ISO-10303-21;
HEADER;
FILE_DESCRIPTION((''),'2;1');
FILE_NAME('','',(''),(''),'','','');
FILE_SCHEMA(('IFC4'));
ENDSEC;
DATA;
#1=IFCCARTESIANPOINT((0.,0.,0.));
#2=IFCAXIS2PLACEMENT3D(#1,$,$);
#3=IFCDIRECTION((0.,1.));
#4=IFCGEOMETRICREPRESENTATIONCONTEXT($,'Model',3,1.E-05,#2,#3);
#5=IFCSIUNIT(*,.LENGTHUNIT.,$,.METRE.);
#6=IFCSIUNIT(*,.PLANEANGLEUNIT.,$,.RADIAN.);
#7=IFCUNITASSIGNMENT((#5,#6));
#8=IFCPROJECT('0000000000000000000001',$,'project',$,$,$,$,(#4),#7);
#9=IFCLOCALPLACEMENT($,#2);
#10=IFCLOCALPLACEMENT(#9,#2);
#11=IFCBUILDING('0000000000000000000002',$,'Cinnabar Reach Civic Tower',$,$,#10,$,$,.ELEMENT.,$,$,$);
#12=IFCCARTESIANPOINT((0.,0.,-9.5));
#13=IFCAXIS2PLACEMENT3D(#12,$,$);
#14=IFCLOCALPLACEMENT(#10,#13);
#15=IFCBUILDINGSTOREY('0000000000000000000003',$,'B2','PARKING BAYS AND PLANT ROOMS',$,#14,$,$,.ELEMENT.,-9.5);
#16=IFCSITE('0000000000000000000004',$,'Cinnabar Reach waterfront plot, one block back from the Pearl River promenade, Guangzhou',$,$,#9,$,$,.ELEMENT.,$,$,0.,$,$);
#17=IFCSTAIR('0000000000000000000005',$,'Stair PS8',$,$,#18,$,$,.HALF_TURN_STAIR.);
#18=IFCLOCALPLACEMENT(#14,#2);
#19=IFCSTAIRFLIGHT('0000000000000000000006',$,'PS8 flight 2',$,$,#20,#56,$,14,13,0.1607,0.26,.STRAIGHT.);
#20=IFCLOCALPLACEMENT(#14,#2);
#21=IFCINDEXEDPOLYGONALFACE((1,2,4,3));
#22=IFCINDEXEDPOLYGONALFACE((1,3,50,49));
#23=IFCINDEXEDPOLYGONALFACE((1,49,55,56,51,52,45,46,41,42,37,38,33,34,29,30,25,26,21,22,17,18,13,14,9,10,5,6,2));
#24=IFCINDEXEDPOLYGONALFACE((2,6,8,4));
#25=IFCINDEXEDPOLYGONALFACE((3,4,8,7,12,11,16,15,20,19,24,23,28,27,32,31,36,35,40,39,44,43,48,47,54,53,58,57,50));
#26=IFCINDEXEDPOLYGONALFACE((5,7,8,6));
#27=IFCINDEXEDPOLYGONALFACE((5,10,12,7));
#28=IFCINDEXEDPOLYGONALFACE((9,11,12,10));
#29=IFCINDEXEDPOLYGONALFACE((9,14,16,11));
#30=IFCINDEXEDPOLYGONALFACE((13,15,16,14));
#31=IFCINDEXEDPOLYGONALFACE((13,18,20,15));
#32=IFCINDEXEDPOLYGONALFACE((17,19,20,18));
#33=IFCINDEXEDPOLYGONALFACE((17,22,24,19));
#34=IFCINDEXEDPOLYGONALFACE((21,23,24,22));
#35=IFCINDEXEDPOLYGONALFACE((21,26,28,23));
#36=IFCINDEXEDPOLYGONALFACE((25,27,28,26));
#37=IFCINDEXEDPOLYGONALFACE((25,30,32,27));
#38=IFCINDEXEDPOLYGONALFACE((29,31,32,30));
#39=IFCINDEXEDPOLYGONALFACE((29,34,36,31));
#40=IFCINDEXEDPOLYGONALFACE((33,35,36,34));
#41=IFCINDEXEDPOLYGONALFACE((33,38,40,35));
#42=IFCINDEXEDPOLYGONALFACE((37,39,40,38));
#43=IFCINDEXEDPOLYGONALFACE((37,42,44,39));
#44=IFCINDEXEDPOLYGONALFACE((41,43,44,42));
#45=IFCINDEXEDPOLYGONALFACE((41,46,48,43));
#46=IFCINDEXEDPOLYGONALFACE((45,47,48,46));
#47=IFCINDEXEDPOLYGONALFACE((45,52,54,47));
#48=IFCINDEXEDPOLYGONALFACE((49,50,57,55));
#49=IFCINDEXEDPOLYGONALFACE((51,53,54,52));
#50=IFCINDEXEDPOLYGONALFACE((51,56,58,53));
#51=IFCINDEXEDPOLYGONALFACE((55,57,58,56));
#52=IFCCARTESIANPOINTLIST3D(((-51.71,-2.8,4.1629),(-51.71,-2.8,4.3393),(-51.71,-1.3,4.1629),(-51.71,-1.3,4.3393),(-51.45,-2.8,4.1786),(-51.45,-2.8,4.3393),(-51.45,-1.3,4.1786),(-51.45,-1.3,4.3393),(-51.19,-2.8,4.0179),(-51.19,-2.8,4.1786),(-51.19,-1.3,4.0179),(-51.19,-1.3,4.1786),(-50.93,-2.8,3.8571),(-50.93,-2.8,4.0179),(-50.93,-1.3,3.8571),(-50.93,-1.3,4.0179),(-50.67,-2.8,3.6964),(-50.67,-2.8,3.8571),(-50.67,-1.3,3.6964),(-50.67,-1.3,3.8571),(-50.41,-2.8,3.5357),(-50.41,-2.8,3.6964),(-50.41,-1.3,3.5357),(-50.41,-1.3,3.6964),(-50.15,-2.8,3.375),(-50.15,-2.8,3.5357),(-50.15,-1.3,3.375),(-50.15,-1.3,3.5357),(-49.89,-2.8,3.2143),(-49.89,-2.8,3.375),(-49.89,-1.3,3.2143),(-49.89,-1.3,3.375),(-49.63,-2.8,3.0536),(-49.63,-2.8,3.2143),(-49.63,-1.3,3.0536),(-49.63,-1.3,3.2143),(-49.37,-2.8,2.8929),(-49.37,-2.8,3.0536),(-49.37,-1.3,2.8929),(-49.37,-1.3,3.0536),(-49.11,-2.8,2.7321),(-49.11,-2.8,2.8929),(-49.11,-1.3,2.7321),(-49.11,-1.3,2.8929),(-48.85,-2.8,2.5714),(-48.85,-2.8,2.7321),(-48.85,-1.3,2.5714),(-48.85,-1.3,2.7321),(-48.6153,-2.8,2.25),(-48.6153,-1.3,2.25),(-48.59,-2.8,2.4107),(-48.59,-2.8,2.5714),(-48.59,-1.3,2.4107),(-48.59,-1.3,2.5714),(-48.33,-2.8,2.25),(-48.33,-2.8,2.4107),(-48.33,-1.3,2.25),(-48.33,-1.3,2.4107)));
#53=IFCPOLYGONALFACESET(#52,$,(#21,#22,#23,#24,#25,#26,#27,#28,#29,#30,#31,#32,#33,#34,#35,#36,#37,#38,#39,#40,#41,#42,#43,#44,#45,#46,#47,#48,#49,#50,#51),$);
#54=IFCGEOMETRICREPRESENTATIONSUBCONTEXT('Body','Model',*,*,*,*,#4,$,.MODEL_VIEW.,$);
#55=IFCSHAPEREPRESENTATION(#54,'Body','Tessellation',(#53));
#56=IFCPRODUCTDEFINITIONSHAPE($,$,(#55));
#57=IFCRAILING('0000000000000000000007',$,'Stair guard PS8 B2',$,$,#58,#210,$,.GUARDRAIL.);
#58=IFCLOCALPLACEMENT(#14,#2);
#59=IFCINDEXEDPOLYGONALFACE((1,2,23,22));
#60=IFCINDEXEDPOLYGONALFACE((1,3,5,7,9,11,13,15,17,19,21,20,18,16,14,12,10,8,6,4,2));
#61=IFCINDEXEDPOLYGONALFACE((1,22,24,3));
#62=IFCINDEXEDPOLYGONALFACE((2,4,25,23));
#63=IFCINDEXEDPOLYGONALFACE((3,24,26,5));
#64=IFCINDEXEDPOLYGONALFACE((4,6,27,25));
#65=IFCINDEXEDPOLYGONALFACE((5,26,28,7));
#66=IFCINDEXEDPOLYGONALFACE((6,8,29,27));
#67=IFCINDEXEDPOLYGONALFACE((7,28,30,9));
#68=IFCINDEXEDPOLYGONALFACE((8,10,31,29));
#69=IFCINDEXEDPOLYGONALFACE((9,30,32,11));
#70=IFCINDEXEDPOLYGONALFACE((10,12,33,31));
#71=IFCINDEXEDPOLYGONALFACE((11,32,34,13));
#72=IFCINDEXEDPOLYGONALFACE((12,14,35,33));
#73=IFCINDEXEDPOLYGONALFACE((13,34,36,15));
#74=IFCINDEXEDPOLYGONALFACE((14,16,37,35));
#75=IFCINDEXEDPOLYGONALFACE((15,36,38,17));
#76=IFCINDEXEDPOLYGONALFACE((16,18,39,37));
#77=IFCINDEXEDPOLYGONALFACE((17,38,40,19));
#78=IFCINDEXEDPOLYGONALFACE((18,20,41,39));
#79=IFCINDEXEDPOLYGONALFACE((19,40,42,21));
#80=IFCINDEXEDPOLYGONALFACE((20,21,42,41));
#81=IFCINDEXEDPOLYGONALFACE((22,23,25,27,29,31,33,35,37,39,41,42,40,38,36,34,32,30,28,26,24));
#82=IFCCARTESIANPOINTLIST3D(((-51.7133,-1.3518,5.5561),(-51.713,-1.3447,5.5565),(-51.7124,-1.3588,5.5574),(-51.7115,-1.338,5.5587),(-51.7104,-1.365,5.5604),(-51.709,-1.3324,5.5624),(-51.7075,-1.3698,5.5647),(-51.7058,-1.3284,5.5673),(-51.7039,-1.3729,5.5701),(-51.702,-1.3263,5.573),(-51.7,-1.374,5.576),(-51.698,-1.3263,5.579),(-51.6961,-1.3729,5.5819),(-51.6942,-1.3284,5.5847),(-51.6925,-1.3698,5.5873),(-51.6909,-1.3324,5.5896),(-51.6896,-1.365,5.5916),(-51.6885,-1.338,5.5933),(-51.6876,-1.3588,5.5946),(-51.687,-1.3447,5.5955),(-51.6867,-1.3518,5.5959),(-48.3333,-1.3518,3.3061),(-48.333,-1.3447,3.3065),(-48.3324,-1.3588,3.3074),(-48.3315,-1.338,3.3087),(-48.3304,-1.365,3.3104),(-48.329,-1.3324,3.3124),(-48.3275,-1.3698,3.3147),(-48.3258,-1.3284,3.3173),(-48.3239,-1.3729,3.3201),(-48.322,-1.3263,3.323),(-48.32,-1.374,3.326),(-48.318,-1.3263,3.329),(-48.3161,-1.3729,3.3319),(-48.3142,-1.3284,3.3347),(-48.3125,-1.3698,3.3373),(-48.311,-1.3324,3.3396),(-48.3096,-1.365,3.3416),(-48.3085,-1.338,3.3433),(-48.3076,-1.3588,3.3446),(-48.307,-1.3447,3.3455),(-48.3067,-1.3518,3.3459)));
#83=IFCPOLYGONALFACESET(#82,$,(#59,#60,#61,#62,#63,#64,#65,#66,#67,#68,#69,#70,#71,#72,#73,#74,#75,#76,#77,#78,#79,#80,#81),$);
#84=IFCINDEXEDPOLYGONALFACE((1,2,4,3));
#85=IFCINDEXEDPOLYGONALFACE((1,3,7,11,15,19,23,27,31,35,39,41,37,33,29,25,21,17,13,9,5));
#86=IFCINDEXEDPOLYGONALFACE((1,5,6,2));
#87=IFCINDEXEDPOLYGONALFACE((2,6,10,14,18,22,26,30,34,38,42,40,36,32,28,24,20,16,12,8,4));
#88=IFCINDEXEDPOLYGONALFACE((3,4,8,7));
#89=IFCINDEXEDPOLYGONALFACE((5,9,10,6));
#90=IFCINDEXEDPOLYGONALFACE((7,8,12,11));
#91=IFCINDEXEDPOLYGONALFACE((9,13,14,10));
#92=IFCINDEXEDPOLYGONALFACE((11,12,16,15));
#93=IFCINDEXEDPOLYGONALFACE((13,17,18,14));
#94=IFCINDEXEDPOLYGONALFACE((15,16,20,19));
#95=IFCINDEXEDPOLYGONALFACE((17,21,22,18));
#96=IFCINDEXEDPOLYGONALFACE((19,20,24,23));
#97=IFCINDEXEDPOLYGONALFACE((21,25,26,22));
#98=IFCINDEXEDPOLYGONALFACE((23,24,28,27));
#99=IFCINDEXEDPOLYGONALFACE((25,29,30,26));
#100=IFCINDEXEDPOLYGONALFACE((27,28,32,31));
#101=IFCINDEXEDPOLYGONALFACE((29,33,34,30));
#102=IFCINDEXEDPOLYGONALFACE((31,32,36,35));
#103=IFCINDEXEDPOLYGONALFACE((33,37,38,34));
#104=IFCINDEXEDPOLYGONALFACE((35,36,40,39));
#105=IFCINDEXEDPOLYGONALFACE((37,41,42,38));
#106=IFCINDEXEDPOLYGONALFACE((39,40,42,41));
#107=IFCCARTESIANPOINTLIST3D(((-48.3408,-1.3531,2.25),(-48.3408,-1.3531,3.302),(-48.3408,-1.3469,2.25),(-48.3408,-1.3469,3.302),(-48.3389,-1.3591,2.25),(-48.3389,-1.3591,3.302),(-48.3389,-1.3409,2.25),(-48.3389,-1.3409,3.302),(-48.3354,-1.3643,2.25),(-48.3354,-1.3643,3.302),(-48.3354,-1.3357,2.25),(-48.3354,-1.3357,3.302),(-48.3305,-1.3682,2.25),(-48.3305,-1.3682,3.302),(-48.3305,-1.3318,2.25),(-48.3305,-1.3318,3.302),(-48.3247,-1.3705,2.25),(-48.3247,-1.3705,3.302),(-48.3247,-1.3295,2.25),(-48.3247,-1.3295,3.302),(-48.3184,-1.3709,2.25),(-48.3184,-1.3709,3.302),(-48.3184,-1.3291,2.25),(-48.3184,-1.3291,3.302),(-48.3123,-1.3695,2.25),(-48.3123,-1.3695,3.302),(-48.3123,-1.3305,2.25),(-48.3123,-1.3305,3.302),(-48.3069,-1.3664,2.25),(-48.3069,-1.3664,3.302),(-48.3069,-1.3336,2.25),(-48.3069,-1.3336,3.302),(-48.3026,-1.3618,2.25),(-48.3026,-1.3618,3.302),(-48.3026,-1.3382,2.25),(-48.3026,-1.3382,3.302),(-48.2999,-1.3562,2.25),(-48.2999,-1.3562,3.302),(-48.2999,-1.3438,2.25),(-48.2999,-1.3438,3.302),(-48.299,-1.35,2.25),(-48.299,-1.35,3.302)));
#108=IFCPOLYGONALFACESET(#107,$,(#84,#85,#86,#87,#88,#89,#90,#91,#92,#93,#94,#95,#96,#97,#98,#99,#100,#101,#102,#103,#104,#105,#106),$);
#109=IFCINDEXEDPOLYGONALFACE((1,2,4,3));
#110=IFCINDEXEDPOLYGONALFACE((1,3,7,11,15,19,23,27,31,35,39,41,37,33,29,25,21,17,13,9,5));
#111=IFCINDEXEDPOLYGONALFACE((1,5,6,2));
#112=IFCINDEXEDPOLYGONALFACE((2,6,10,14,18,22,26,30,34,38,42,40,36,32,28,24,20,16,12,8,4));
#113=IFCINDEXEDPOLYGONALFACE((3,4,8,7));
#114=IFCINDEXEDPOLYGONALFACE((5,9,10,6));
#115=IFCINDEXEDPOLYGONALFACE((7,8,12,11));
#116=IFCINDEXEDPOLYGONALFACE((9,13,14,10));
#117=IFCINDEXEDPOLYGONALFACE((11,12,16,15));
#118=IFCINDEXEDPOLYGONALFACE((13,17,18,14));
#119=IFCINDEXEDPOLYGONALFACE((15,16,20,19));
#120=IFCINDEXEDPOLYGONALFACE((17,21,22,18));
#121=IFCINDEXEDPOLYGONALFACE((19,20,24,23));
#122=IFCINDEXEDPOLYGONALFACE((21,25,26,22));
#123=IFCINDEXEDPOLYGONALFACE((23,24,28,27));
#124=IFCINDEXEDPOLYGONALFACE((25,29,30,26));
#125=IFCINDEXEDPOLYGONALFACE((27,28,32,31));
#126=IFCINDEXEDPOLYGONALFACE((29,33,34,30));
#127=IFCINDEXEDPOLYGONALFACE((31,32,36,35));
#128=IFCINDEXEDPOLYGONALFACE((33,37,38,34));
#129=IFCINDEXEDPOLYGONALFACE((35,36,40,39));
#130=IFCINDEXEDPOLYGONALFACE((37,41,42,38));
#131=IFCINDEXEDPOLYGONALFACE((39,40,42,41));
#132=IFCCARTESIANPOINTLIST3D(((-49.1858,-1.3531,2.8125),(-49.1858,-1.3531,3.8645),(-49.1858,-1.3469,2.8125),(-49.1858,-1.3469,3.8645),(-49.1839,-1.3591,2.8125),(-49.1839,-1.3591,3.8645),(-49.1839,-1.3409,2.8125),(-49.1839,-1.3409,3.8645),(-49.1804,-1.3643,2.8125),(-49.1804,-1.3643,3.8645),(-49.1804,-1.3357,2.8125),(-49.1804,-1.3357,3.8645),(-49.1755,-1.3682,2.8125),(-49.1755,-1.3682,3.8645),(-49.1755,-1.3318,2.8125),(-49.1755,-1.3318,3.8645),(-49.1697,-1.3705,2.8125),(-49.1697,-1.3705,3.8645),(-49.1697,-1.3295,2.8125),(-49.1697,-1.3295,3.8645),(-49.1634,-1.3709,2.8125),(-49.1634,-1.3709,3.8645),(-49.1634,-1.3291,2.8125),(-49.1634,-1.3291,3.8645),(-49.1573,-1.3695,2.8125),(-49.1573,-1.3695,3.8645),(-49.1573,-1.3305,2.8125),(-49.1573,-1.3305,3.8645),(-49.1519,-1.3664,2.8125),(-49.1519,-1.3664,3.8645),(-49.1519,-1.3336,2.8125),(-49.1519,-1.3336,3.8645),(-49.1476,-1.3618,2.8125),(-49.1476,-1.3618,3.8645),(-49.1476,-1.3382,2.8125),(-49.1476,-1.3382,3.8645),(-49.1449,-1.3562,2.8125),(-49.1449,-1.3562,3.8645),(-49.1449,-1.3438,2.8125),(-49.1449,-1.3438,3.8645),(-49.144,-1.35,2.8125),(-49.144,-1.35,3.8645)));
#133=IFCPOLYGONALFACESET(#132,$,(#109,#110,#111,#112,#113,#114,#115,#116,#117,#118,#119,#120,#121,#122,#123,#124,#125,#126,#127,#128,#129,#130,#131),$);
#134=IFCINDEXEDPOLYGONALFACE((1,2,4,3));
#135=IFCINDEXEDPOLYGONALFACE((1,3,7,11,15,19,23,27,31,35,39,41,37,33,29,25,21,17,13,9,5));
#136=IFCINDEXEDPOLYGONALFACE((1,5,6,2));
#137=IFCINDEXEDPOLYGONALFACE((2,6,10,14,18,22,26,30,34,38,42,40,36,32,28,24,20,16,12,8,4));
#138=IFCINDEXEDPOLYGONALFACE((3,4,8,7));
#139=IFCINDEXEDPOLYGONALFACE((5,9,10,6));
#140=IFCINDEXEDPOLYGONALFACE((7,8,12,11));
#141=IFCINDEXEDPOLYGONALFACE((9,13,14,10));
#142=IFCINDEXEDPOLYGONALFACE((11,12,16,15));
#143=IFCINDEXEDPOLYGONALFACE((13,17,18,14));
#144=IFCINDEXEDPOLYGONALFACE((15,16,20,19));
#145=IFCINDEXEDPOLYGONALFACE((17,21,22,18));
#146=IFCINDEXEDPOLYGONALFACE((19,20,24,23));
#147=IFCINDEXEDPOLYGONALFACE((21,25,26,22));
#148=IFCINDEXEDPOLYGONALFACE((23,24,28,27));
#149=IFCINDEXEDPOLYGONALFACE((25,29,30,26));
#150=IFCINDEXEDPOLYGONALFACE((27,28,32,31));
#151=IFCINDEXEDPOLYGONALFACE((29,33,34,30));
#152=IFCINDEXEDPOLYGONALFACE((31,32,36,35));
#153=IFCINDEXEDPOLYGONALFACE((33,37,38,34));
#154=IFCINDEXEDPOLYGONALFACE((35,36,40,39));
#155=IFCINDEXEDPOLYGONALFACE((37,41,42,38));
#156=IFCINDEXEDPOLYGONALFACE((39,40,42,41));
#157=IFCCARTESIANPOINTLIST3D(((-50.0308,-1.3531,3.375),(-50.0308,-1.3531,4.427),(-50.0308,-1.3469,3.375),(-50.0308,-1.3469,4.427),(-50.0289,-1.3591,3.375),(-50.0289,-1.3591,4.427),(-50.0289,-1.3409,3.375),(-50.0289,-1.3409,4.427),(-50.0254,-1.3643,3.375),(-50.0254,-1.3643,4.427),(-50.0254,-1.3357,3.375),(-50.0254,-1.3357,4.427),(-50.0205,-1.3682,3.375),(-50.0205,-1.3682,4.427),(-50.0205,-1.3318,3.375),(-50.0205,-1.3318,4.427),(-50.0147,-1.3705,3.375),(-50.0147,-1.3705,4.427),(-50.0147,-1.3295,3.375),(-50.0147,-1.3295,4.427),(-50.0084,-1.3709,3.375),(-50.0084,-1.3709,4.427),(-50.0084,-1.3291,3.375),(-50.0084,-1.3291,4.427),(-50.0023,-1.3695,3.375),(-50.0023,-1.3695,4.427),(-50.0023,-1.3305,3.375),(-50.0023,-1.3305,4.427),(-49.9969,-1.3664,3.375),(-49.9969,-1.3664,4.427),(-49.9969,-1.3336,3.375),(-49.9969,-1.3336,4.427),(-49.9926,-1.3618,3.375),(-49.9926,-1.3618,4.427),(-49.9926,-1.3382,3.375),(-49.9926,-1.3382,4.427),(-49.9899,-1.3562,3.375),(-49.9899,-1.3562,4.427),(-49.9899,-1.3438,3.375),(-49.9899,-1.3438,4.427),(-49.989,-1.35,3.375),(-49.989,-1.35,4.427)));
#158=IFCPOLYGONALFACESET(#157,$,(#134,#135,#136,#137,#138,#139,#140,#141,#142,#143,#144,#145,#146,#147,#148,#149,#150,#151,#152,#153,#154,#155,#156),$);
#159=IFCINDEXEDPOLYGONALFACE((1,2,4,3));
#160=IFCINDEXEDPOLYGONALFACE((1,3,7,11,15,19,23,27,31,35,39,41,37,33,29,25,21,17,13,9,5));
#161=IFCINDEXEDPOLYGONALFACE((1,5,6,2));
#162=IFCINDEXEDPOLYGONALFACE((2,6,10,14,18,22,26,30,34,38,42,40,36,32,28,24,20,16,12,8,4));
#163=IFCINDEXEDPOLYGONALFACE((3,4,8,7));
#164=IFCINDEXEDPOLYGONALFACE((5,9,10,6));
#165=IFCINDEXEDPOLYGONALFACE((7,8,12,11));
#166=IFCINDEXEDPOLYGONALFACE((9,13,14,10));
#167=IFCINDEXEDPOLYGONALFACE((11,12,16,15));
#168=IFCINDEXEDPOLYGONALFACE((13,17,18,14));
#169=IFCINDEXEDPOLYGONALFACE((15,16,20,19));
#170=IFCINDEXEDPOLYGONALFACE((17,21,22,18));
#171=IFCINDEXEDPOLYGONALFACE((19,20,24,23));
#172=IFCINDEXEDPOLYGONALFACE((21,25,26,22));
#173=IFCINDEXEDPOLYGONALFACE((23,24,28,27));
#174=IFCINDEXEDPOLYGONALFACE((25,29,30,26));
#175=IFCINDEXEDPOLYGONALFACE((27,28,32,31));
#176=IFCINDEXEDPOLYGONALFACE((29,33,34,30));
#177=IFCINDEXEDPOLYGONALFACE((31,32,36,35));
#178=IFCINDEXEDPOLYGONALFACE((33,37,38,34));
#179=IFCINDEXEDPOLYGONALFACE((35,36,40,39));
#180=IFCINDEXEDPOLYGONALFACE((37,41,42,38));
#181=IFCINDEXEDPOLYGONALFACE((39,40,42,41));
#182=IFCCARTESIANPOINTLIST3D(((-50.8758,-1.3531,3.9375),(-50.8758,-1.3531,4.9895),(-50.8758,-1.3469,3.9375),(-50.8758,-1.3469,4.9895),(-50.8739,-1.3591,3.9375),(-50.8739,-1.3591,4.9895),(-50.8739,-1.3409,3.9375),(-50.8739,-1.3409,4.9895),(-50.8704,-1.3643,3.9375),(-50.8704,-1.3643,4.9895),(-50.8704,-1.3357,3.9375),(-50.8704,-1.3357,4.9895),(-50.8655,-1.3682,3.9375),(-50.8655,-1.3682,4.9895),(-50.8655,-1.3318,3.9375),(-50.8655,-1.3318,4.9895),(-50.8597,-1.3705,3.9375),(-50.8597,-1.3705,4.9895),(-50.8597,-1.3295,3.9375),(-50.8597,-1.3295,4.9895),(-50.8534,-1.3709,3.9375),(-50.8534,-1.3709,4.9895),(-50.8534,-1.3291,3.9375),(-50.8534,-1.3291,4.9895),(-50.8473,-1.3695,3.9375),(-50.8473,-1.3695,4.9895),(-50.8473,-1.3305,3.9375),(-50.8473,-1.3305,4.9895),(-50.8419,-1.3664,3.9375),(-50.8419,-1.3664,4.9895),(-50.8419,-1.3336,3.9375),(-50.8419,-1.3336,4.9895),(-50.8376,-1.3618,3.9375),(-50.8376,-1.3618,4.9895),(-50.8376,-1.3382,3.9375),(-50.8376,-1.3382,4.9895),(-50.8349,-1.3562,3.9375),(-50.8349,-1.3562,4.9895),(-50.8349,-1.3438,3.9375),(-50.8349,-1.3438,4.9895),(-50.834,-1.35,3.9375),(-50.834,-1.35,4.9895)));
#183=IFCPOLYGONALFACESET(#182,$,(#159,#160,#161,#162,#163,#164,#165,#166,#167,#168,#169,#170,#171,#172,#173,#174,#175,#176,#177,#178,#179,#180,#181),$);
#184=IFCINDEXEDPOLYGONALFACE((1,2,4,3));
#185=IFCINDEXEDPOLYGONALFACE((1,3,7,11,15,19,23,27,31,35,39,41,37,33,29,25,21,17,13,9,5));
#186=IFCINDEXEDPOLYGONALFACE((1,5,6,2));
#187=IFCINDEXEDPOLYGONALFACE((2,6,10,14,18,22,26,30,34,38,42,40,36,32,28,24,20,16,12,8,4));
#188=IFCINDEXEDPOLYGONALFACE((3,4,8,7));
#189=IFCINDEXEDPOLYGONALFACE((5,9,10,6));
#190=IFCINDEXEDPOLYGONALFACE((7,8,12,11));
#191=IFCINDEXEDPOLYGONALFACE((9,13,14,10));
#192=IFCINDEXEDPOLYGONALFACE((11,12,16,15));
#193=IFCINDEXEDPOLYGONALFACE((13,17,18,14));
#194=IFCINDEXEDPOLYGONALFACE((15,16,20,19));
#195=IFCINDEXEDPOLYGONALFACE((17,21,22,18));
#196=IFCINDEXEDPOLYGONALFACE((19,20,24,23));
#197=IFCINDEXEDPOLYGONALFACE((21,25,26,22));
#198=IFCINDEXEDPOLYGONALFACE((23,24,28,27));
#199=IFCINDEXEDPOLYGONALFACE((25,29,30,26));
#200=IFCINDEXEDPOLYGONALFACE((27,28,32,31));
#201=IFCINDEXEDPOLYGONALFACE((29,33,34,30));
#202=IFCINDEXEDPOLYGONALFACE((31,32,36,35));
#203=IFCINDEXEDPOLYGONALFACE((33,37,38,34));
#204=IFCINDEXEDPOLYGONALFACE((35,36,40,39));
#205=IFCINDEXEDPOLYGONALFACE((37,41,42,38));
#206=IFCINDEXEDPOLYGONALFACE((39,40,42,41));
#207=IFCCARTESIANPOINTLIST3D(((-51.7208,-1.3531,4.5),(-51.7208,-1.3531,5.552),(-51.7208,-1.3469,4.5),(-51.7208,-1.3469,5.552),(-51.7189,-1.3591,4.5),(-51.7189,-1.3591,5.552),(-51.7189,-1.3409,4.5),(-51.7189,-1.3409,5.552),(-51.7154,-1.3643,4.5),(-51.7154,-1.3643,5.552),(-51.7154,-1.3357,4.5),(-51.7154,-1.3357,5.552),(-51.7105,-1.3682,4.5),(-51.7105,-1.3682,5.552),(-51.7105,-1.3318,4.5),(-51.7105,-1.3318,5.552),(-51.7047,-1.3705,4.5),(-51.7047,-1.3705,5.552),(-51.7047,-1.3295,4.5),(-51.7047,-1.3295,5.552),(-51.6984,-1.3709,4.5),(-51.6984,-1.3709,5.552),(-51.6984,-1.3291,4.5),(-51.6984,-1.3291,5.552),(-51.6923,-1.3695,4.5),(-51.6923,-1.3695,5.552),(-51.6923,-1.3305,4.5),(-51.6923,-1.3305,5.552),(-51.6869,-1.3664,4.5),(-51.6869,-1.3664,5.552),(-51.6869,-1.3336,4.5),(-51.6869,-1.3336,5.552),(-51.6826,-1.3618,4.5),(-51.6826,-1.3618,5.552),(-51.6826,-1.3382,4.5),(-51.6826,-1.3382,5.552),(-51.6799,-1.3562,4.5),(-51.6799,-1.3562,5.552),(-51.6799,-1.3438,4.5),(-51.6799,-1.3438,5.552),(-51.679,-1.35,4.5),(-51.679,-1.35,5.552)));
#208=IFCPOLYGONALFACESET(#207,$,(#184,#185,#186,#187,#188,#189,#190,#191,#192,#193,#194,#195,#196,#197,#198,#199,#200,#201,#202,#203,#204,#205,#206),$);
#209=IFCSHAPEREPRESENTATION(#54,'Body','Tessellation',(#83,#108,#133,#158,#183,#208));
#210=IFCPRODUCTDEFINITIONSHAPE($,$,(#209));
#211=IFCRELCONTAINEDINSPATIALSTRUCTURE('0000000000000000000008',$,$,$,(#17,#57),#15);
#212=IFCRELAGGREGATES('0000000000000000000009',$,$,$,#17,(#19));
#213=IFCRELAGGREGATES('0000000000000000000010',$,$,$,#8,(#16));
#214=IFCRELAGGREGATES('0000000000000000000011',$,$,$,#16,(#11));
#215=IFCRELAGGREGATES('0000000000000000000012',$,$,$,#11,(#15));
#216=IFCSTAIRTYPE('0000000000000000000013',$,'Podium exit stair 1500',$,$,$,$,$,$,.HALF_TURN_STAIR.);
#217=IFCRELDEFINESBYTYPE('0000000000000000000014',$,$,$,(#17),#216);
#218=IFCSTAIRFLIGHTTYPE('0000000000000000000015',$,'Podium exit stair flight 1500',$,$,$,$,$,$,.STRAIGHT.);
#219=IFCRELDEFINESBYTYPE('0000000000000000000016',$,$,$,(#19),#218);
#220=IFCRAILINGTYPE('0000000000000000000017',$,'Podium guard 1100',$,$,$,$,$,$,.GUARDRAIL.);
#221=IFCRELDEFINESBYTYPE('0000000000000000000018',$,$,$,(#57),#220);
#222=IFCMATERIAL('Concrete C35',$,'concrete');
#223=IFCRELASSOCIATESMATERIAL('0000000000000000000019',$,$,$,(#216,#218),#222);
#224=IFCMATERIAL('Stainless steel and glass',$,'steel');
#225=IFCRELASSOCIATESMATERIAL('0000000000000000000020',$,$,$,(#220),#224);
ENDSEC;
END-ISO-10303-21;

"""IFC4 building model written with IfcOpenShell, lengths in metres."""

from ifc_helpers import new_model, si_unit, direction, frame, origin, origin_2d, place, context, subcontext, project, spatial, polyline, circle, outline, extrude, material, type_object, element, aggregate, save


model = new_model("IFC4")

# Units and contexts
model_context = context("Model", 3, precision=1e-05, world=origin(), true_north=direction((0.0, 1.0)))
body_context = subcontext(model_context, "Body", "Model", "MODEL_VIEW")
ifc_project = project(units=[si_unit("LENGTHUNIT", "METRE"), si_unit("PLANEANGLEUNIT", "RADIAN")], contexts=[model_context])

# Site, building, storey
site_placement = place(None, origin())
site = spatial("IfcSite", under=ifc_project, at=site_placement, Name="Cinnabar Reach waterfront plot, one block back from the Pearl River promenade, Guangzhou", CompositionType="ELEMENT", RefElevation=0.0)
building_placement = place(site_placement, origin())
building = spatial("IfcBuilding", under=site, at=building_placement, Name="Cinnabar Reach Civic Tower", CompositionType="ELEMENT")
storey_placement = place(building_placement, frame((0.0, 0.0, -9.5)))
storey = spatial("IfcBuildingStorey", under=building, at=storey_placement, Name="B2", Description="PARKING BAYS AND PLANT ROOMS", CompositionType="ELEMENT", Elevation=-9.5)

# Stair, stair flight
ifc_material_1 = material(Name="Concrete C35", Category="concrete")
stair_type = type_object("IfcStairType", Name="Podium exit stair 1500", PredefinedType="HALF_TURN_STAIR", material=ifc_material_1)
stair_placement = place(storey_placement, origin())
stair = element("IfcStair", 1, at=stair_placement, inside=storey, type_object=stair_type, Name="Stair PS8", PredefinedType="HALF_TURN_STAIR")
stair_flight_type = type_object("IfcStairFlightType", Name="Podium exit stair flight 1500", PredefinedType="STRAIGHT", material=ifc_material_1)
stair_flight_1_placement = place(storey_placement, frame((-48.33, -2.05, 2.25), z_axis=(0.0, 0.0, 1.0), x_axis=(-1.0, 0.0, 0.0)))
stair_flight_1 = element("IfcStairFlight", 2, at=stair_flight_1_placement, type_object=stair_flight_type, Name="PS8 flight 2", NumberOfRisers=14, NumberOfTreads=13, PredefinedType="STRAIGHT", RiserHeight=0.1607, TreadLength=0.26, context=body_context, shape_type="SweptSolid", body=[
    extrude(outline(polyline([(0.0, 0.0), (0.0, 0.1607), (0.26, 0.1607), (0.26, 0.3214), (0.52, 0.3214), (0.52, 0.4821), (0.78, 0.4821), (0.78, 0.6429), (1.04, 0.6429), (1.04, 0.8036), (1.3, 0.8036), (1.3, 0.9643), (1.56, 0.9643), (1.56, 1.125), (1.82, 1.125), (1.82, 1.2857), (2.08, 1.2857), (2.08, 1.4464), (2.34, 1.4464), (2.34, 1.6071), (2.6, 1.6071), (2.6, 1.7679), (2.86, 1.7679), (2.86, 1.9286), (3.12, 1.9286), (3.12, 2.0893), (3.38, 2.0893), (3.38, 2.25), (3.38, 1.9129), (0.2853, 0.0), (0.0, 0.0)])), frame((0.0, 0.75, 0.0), z_axis=(0.0, -1.0, 0.0), x_axis=(1.0, 0.0, 0.0)), (0.0, 0.0, 1.0), 1.5),
])
aggregate(stair, [stair_flight_1])

# Railing
ifc_material_2 = material(Name="Stainless steel and glass", Category="steel")
railing_type_1 = type_object("IfcRailingType", Name="Podium guard 1100", PredefinedType="GUARDRAIL", material=ifc_material_2)
railing_1_placement = place(storey_placement, frame((-48.32, -1.35, 2.25)))
element("IfcRailing", 3, at=railing_1_placement, inside=storey, type_object=railing_type_1, Name="Stair guard PS8 B2", PredefinedType="GUARDRAIL", context=body_context, shape_type="SweptSolid", body=[
    extrude(circle(Radius=0.024, at=origin_2d()), frame((0.0, 0.0, 1.076), z_axis=(-0.832429, 0.0, 0.554132), x_axis=(0.0, -1.0, 0.0)), (0.0, 0.0, 1.0), 4.0604),
    extrude(circle(Radius=0.021, at=origin_2d()), origin(), (0.0, 0.0, 1.0), 1.052),
    extrude(circle(Radius=0.021, at=origin_2d()), frame((-0.845, 0.0, 0.5625)), (0.0, 0.0, 1.0), 1.052),
    extrude(circle(Radius=0.021, at=origin_2d()), frame((-1.69, 0.0, 1.125)), (0.0, 0.0, 1.0), 1.052),
    extrude(circle(Radius=0.021, at=origin_2d()), frame((-2.535, 0.0, 1.6875)), (0.0, 0.0, 1.0), 1.052),
    extrude(circle(Radius=0.021, at=origin_2d()), frame((-3.38, 0.0, 2.25)), (0.0, 0.0, 1.0), 1.052),
])

save(model, "model.ifc")
